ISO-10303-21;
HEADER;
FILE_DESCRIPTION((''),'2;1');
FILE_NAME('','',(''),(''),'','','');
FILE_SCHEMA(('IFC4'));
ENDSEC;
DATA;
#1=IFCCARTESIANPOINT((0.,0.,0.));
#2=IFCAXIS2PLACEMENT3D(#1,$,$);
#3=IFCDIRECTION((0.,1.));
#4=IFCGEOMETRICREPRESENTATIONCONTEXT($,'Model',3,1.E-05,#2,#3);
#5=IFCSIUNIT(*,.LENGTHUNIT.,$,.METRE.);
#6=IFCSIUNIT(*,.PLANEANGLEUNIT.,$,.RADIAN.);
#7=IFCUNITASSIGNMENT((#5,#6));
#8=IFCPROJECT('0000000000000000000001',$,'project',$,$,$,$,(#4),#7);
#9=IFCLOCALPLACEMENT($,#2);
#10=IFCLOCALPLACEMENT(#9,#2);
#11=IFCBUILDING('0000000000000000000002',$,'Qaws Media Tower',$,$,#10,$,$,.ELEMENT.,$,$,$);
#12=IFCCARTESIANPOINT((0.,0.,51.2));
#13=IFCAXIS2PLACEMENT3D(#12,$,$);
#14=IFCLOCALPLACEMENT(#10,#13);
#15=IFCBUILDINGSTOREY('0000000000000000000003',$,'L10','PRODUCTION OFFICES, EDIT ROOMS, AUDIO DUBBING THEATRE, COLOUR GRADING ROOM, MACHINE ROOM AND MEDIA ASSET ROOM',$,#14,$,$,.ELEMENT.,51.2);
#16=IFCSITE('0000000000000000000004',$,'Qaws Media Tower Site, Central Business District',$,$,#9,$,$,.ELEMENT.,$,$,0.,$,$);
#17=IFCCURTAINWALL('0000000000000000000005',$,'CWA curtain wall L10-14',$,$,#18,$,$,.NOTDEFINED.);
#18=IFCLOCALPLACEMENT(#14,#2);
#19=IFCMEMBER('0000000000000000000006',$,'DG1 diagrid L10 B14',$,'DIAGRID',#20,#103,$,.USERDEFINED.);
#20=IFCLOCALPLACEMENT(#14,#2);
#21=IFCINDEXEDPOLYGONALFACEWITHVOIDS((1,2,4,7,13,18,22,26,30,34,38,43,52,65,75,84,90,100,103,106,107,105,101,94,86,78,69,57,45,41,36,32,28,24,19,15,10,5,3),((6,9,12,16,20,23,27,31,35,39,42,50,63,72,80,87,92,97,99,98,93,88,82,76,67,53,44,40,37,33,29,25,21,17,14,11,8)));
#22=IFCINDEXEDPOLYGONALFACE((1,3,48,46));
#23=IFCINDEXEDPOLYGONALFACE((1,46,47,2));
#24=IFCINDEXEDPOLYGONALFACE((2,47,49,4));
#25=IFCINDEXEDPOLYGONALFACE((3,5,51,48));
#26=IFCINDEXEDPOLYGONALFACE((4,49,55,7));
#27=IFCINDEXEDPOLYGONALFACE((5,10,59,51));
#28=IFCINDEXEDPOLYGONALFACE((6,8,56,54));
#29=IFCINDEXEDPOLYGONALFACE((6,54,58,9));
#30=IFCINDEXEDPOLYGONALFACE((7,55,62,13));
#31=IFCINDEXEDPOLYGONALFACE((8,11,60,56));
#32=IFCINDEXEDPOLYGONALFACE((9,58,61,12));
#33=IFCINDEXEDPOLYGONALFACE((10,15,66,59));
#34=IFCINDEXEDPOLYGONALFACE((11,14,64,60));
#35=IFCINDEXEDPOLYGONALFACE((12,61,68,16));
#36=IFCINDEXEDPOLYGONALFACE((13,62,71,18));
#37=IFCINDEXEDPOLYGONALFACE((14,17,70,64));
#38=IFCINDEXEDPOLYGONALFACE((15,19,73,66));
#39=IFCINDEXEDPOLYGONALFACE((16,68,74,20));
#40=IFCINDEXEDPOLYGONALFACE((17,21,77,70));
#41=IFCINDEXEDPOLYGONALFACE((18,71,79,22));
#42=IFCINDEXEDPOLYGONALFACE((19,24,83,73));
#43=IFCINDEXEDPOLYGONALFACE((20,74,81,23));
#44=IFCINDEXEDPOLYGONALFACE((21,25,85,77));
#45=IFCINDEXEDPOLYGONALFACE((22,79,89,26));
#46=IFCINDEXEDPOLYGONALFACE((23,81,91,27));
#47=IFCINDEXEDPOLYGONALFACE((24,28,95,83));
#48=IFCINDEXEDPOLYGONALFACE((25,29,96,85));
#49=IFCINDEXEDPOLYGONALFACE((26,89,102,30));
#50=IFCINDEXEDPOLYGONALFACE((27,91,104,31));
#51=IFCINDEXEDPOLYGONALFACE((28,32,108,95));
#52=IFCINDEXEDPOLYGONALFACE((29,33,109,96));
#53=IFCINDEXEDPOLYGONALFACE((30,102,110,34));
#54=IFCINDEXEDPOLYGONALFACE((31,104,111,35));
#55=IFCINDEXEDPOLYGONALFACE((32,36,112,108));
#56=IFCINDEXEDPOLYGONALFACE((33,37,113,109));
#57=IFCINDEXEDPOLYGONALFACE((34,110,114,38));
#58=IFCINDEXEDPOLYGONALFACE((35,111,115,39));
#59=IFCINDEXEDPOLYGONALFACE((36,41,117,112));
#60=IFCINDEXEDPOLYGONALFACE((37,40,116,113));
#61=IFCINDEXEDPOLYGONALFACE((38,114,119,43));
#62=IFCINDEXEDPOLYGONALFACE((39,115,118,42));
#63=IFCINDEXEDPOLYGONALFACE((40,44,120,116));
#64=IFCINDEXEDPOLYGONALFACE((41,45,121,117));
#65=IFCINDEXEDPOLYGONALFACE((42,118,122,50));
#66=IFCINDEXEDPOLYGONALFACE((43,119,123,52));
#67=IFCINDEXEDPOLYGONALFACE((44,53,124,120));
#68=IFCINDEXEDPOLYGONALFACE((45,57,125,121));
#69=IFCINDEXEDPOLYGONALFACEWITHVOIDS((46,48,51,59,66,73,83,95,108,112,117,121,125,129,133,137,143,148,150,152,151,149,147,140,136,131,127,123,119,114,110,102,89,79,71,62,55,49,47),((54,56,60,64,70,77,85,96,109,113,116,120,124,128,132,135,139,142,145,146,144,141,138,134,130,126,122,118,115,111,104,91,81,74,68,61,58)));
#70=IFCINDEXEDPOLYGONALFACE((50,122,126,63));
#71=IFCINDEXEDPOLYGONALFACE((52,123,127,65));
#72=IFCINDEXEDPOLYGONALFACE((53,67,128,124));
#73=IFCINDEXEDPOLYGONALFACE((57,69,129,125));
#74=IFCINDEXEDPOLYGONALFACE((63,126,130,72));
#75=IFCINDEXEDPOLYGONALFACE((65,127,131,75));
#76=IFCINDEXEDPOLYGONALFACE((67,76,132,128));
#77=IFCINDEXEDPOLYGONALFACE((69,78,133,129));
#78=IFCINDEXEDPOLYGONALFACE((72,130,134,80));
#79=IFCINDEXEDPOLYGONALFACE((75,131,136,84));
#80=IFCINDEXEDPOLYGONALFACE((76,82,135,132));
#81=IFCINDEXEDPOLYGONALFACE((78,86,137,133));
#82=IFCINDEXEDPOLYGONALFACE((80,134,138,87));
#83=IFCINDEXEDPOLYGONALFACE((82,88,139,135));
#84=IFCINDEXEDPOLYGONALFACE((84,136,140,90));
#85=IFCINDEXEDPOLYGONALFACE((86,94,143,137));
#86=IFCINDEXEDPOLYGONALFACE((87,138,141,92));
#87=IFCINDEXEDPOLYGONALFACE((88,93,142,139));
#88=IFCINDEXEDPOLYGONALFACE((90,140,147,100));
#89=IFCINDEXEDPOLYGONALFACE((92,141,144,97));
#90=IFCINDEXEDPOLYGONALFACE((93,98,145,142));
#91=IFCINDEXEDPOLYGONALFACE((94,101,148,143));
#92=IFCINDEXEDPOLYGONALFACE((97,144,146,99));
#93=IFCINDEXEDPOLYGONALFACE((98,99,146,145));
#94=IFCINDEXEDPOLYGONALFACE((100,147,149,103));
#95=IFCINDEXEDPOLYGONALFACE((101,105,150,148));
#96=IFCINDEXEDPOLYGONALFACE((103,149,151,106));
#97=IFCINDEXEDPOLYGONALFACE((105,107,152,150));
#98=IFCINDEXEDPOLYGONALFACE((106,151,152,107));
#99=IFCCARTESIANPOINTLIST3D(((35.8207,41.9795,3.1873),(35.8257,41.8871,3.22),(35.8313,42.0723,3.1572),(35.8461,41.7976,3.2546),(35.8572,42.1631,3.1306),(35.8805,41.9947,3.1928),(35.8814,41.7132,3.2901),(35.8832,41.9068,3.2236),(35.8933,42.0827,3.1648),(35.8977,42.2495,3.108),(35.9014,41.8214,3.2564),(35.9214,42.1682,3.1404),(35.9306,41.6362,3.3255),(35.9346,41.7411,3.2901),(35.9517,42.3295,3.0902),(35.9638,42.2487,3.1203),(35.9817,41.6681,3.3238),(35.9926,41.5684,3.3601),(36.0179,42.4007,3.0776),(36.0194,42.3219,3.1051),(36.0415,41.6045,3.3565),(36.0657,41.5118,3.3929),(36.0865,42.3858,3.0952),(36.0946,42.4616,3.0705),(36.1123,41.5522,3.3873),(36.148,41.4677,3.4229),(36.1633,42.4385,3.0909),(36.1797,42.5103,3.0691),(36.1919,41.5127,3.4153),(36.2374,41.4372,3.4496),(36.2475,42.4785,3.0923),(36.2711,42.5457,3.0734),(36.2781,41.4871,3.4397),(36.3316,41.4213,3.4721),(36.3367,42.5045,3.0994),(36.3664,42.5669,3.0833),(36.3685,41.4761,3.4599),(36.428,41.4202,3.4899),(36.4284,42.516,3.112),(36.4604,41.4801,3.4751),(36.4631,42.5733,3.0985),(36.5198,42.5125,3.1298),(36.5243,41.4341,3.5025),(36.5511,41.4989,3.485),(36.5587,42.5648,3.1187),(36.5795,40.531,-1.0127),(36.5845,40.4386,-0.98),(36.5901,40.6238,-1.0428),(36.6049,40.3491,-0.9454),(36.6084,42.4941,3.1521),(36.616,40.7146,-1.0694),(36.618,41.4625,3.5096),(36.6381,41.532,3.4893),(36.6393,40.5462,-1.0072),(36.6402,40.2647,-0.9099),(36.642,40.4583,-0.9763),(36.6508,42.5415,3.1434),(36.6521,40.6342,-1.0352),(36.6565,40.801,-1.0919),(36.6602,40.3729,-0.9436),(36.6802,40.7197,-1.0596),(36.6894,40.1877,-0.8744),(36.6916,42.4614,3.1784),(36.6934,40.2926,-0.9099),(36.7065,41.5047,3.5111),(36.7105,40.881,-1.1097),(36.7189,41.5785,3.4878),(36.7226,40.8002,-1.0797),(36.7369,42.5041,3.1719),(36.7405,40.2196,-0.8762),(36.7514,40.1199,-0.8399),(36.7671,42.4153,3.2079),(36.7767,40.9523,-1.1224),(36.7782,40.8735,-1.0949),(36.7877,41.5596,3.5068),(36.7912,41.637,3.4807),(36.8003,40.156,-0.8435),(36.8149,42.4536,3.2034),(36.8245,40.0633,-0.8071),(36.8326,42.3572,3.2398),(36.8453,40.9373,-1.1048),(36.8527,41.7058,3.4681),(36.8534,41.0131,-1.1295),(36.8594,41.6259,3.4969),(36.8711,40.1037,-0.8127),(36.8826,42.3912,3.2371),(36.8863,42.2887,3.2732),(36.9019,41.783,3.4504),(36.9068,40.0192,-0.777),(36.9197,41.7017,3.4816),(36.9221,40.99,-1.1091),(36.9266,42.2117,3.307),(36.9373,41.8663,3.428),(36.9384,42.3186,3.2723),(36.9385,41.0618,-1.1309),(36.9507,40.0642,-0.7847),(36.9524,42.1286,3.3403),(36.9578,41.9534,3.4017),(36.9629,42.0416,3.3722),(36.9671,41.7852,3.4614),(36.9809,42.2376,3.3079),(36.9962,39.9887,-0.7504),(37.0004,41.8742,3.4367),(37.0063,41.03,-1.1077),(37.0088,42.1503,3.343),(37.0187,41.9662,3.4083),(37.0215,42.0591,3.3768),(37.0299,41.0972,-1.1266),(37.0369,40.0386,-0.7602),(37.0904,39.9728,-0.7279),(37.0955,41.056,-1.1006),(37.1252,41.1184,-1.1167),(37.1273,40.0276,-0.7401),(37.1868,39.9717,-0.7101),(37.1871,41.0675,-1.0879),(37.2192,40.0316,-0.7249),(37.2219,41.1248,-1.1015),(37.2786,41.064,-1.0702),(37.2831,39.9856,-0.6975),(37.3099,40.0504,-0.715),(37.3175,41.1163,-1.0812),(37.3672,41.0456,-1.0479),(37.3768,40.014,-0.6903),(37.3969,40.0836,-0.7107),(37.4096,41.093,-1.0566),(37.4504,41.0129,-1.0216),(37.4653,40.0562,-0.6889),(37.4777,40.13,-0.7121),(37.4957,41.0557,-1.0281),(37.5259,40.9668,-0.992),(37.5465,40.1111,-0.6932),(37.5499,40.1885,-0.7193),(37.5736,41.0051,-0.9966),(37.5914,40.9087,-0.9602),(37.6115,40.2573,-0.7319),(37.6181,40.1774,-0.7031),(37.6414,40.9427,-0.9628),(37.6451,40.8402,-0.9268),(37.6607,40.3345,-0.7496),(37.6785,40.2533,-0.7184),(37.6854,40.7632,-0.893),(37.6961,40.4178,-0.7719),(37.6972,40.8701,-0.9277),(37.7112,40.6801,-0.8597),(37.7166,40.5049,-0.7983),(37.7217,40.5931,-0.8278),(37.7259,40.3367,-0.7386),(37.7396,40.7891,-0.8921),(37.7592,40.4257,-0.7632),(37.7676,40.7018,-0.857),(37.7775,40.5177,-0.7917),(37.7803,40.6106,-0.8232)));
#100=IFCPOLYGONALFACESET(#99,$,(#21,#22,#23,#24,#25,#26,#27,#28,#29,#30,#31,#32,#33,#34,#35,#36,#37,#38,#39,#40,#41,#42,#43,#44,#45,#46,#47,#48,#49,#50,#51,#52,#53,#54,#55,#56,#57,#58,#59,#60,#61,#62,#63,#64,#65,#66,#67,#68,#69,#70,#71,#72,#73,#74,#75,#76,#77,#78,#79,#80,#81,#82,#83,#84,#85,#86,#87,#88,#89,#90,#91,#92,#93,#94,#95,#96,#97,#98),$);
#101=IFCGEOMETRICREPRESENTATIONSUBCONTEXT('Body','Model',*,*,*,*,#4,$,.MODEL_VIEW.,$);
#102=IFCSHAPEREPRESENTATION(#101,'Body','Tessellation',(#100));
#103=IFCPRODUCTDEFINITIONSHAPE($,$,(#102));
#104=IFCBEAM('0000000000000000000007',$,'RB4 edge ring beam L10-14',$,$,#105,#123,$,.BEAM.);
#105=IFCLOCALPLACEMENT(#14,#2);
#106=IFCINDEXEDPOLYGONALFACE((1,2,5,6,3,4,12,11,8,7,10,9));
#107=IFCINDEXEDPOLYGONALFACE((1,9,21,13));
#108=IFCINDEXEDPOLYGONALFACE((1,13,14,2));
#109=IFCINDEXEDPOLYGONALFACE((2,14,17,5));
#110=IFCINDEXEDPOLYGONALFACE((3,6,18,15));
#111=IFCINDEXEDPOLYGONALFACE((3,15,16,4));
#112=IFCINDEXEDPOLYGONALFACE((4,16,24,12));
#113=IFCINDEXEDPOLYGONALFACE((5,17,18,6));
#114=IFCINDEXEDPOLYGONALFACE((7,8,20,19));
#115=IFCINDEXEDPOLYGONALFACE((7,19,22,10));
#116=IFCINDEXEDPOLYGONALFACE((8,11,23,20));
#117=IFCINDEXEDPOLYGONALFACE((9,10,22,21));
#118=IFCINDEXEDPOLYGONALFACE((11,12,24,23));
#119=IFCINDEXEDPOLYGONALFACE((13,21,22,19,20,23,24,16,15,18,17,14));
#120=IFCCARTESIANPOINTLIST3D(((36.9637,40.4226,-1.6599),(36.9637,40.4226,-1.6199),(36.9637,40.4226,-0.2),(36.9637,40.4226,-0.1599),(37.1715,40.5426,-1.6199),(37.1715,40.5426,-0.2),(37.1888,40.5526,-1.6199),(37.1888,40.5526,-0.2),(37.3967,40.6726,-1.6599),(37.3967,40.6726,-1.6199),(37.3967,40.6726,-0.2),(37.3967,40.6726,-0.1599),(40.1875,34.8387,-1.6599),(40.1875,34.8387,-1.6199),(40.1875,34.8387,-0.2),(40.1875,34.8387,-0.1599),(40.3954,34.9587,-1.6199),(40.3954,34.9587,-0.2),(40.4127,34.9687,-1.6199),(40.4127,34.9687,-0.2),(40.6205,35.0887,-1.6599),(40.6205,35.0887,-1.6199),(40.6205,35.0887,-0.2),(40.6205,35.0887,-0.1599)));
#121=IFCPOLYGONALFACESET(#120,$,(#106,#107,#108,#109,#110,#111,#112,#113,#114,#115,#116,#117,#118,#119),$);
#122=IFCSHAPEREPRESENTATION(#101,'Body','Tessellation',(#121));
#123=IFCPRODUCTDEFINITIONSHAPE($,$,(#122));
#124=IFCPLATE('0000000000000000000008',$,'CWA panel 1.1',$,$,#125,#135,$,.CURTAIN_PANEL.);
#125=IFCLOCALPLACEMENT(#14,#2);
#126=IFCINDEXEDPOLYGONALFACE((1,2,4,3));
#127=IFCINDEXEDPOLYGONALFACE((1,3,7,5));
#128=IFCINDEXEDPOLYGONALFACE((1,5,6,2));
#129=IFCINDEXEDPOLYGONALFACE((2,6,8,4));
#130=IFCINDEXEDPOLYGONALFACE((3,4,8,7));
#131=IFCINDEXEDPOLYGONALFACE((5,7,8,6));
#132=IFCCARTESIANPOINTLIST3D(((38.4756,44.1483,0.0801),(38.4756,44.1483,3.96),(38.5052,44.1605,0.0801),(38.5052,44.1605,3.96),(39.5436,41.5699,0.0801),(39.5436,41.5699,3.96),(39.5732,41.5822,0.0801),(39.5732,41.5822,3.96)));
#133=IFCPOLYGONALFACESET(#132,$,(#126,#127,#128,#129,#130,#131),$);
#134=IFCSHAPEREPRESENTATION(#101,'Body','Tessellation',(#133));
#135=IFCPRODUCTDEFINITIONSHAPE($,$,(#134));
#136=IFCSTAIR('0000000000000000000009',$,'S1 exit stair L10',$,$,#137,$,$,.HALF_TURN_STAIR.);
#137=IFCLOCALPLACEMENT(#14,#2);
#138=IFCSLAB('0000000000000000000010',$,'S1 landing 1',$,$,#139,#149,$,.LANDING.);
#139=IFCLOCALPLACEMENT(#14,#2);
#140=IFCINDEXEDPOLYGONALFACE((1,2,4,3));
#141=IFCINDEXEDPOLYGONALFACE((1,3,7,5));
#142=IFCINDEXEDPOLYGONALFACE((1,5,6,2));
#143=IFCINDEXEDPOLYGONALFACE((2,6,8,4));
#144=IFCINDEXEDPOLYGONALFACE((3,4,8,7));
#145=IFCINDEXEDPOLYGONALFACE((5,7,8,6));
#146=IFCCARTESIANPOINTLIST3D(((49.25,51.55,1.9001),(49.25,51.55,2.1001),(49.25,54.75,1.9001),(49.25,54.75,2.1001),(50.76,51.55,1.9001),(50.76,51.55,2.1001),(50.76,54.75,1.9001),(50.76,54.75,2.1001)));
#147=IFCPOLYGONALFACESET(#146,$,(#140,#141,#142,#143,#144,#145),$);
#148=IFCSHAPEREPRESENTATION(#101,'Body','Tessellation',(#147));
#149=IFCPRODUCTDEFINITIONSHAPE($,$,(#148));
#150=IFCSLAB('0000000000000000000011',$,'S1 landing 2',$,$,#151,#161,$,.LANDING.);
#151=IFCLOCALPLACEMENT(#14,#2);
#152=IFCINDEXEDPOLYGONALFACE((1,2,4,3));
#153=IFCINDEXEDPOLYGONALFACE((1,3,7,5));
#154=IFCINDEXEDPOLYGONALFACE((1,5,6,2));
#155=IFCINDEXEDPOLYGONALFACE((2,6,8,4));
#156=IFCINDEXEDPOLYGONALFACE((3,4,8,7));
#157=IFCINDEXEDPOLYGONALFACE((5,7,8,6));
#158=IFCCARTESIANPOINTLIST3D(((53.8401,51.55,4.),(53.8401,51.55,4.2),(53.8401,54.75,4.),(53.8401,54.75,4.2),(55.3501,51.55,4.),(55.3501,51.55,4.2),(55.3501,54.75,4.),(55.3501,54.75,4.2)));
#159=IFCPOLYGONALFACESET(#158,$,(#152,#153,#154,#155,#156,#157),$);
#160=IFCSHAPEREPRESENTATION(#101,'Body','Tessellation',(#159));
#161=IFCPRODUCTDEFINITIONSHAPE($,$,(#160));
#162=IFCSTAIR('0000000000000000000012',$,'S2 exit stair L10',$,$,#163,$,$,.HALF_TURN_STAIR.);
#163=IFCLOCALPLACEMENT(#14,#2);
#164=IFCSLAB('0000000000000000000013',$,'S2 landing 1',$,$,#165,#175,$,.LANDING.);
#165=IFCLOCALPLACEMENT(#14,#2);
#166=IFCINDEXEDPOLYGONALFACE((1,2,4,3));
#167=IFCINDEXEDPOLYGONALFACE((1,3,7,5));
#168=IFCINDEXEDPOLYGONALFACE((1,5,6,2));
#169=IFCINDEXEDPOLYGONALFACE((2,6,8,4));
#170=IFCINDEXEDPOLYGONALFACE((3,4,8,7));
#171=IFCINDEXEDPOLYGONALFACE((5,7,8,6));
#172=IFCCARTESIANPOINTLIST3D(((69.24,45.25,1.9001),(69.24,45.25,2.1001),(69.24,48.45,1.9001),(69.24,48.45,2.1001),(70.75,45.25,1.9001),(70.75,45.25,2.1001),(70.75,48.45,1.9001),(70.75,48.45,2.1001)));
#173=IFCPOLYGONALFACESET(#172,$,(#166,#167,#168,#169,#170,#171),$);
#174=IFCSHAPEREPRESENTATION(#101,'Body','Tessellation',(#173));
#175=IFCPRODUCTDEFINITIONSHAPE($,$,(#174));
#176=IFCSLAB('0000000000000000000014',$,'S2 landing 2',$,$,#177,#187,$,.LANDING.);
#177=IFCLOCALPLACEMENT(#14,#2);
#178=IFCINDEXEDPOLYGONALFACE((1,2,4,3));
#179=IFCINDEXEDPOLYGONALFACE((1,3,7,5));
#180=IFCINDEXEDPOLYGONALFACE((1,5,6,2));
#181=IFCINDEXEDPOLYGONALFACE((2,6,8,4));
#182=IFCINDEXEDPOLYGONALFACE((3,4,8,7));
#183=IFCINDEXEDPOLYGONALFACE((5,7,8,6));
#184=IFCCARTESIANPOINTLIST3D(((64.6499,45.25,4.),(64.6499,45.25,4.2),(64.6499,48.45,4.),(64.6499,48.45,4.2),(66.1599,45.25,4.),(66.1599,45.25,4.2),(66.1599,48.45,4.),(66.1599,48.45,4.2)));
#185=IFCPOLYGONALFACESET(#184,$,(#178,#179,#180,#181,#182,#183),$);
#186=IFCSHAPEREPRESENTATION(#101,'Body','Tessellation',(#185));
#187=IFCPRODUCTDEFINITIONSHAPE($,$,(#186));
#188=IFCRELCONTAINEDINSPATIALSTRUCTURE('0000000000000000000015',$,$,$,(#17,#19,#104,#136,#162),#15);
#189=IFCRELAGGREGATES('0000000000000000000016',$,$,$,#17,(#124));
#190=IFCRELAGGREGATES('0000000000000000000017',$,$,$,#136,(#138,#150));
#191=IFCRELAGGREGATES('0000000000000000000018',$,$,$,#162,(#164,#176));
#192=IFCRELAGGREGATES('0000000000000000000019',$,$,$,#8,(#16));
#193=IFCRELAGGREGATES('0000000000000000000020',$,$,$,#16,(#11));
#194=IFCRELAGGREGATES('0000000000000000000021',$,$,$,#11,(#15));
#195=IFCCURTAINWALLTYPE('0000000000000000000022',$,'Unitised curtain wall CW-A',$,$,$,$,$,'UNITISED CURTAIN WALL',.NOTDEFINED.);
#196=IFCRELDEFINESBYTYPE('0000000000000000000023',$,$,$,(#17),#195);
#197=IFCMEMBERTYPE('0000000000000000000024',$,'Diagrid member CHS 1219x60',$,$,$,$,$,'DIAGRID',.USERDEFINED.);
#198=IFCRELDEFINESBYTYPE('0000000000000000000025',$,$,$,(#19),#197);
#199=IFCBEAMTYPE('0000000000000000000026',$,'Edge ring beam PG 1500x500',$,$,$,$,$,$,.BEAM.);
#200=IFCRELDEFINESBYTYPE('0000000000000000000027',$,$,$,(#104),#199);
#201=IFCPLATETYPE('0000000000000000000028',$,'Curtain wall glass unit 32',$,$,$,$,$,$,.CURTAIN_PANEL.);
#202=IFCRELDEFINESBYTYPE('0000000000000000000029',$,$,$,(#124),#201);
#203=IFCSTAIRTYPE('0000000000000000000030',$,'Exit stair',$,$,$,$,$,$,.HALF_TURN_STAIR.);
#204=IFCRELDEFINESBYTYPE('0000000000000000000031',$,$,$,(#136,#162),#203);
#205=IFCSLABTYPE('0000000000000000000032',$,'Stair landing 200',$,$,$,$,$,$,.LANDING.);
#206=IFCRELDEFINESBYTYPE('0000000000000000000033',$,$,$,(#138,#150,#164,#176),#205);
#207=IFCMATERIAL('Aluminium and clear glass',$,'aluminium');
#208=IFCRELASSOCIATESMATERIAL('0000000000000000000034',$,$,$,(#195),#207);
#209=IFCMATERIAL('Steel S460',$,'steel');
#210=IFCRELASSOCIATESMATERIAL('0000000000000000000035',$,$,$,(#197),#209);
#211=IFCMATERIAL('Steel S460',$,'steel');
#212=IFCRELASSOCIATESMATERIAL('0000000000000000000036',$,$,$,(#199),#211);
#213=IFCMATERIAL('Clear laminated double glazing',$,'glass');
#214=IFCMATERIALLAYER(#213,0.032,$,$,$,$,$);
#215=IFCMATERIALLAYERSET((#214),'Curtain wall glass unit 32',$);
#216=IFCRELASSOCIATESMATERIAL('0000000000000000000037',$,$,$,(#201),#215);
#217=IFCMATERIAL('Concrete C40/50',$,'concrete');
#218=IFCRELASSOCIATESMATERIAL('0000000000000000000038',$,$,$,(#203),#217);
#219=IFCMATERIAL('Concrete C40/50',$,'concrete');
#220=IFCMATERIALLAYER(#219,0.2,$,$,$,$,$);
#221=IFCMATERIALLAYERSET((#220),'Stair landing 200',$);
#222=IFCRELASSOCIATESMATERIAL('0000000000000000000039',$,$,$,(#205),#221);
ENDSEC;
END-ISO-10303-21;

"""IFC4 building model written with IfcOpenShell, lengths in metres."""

from ifc_helpers import new_model, si_unit, direction, frame, origin, origin_2d, place, context, subcontext, project, spatial, polyline, rectangle, hollow_circle, i_section, outline, extrude, material, layer, layer_set, material_profile, profile_set, type_object, element, aggregate, save


model = new_model("IFC4")

# Units and contexts
model_context = context("Model", 3, precision=1e-05, world=origin(), true_north=direction((0.0, 1.0)))
body_context = subcontext(model_context, "Body", "Model", "MODEL_VIEW")
ifc_project = project(units=[si_unit("LENGTHUNIT", "METRE"), si_unit("PLANEANGLEUNIT", "RADIAN")], contexts=[model_context])

# Site, building, storey
site_placement = place(None, origin())
site = spatial("IfcSite", under=ifc_project, at=site_placement, Name="Qaws Media Tower Site, Central Business District", CompositionType="ELEMENT", RefElevation=0.0)
building_placement = place(site_placement, origin())
building = spatial("IfcBuilding", under=site, at=building_placement, Name="Qaws Media Tower", CompositionType="ELEMENT")
storey_placement = place(building_placement, frame((0.0, 0.0, 51.2)))
storey = spatial("IfcBuildingStorey", under=building, at=storey_placement, Name="L10", Description="PRODUCTION OFFICES, EDIT ROOMS, AUDIO DUBBING THEATRE, COLOUR GRADING ROOM, MACHINE ROOM AND MEDIA ASSET ROOM", CompositionType="ELEMENT", Elevation=51.2)

# Curtain wall
ifc_material_1 = material(Name="Aluminium and clear glass", Category="aluminium")
curtain_wall_type = type_object("IfcCurtainWallType", Name="Unitised curtain wall CW-A", ElementType="UNITISED CURTAIN WALL", PredefinedType="NOTDEFINED", material=ifc_material_1)
curtain_wall_placement = place(storey_placement, origin())
curtain_wall = element("IfcCurtainWall", 1, at=curtain_wall_placement, inside=storey, type_object=curtain_wall_type, Name="CWA curtain wall L10-14", PredefinedType="NOTDEFINED")

# Member
ifc_material_2 = material(Name="Steel S460", Category="steel")
ifc_material_profile_1 = material_profile(ifc_material_2, hollow_circle(Radius=0.6096, WallThickness=0.0601, at=origin_2d()), Name="CHS 1219x60")
ifc_profile_set_1 = profile_set([ifc_material_profile_1], Name="Steel S460")
member_type_1 = type_object("IfcMemberType", Name="Diagrid member CHS 1219x60", ElementType="DIAGRID", PredefinedType="USERDEFINED", material=ifc_profile_set_1)
for number, where, z_axis, x_axis, name in (
    (2, (37.1802, 40.5476, -0.9099), (-0.168356, 0.321383, 0.931863), (-0.885817, -0.464035, 0.0), "DG1 diagrid L10 B14"),
):
    element("IfcMember", number, at=place(storey_placement, frame(where, z_axis=z_axis, x_axis=x_axis)), inside=storey, type_object=member_type_1, Name=name, ObjectType="DIAGRID", PredefinedType="USERDEFINED", context=body_context, shape_type="SweptSolid", body=[
        extrude(hollow_circle(Radius=0.6096, WallThickness=0.0601, at=origin_2d()), origin(), (0.0, 0.0, 1.0), 4.5071),
    ])

# Beam
ifc_material_3 = material(Name="Steel S460", Category="steel")
ifc_material_profile_2 = material_profile(ifc_material_3, i_section(OverallWidth=0.5, OverallDepth=1.5, WebThickness=0.02, FlangeThickness=0.04, at=origin_2d()), Name="PG 1500x500")
ifc_profile_set_2 = profile_set([ifc_material_profile_2], Name="Steel S460")
beam_type = type_object("IfcBeamType", Name="Edge ring beam PG 1500x500", PredefinedType="BEAM", material=ifc_profile_set_2)
beam_placement = place(storey_placement, frame((37.1802, 40.5476, -0.9099), z_axis=(0.499996, -0.866028, 0.0), x_axis=(0.866028, 0.499996, 0.0)))
element("IfcBeam", 3, at=beam_placement, inside=storey, type_object=beam_type, Name="RB4 edge ring beam L10-14", PredefinedType="BEAM", context=body_context, shape_type="SweptSolid", body=[
    extrude(i_section(OverallWidth=0.5, OverallDepth=1.5, WebThickness=0.02, FlangeThickness=0.04, at=origin_2d()), origin(), (0.0, 0.0, 1.0), 6.4478),
])

# Plate
ifc_material_4 = material(Name="Clear laminated double glazing", Category="glass")
ifc_layer_1 = layer(ifc_material_4, 0.032)
ifc_layer_set_1 = layer_set([ifc_layer_1], Name="Curtain wall glass unit 32")
plate_type = type_object("IfcPlateType", Name="Curtain wall glass unit 32", PredefinedType="CURTAIN_PANEL", material=ifc_layer_set_1)
plate_placement = place(storey_placement, frame((39.0244, 42.8652, 0.0801), z_axis=(0.0, 0.0, 1.0), x_axis=(0.382683, -0.92388, 0.0)))
plate = element("IfcPlate", 4, at=plate_placement, type_object=plate_type, Name="CWA panel 1.1", PredefinedType="CURTAIN_PANEL", context=body_context, shape_type="SweptSolid", body=[
    extrude(rectangle(XDim=2.7908, YDim=0.032, at=origin_2d()), origin(), (0.0, 0.0, 1.0), 3.8799),
])
aggregate(curtain_wall, [plate])

# Stairs, slabs
ifc_material_5 = material(Name="Concrete C40/50", Category="concrete")
stair_type = type_object("IfcStairType", Name="Exit stair", PredefinedType="HALF_TURN_STAIR", material=ifc_material_5)
stair_1_placement = place(storey_placement, origin())
stair_1 = element("IfcStair", 5, at=stair_1_placement, inside=storey, type_object=stair_type, Name="S1 exit stair L10", PredefinedType="HALF_TURN_STAIR")
ifc_material_6 = material(Name="Concrete C40/50", Category="concrete")
ifc_layer_2 = layer(ifc_material_6, 0.2)
ifc_layer_set_2 = layer_set([ifc_layer_2], Name="Stair landing 200")
slab_type = type_object("IfcSlabType", Name="Stair landing 200", PredefinedType="LANDING", material=ifc_layer_set_2)
slab_1_placement = place(storey_placement, frame((0.0, 0.0, 1.9001)))
slab_1 = element("IfcSlab", 6, at=slab_1_placement, type_object=slab_type, Name="S1 landing 1", PredefinedType="LANDING", context=body_context, shape_type="SweptSolid", body=[
    extrude(outline(polyline([(49.25, 51.55), (50.76, 51.55), (50.76, 54.75), (49.25, 54.75), (49.25, 51.55)])), origin(), (0.0, 0.0, 1.0), 0.2),
])
slab_2_placement = place(storey_placement, frame((0.0, 0.0, 4.0)))
slab_2 = element("IfcSlab", 7, at=slab_2_placement, type_object=slab_type, Name="S1 landing 2", PredefinedType="LANDING", context=body_context, shape_type="SweptSolid", body=[
    extrude(outline(polyline([(53.8401, 51.55), (55.3501, 51.55), (55.3501, 54.75), (53.8401, 54.75), (53.8401, 51.55)])), origin(), (0.0, 0.0, 1.0), 0.2),
])
aggregate(stair_1, [slab_1, slab_2])
stair_2_placement = place(storey_placement, origin())
stair_2 = element("IfcStair", 8, at=stair_2_placement, inside=storey, type_object=stair_type, Name="S2 exit stair L10", PredefinedType="HALF_TURN_STAIR")
slab_3_placement = place(storey_placement, frame((0.0, 0.0, 1.9001)))
slab_3 = element("IfcSlab", 9, at=slab_3_placement, type_object=slab_type, Name="S2 landing 1", PredefinedType="LANDING", context=body_context, shape_type="SweptSolid", body=[
    extrude(outline(polyline([(69.24, 45.25), (70.75, 45.25), (70.75, 48.45), (69.24, 48.45), (69.24, 45.25)])), origin(), (0.0, 0.0, 1.0), 0.2),
])
slab_4_placement = place(storey_placement, frame((0.0, 0.0, 4.0)))
slab_4 = element("IfcSlab", 10, at=slab_4_placement, type_object=slab_type, Name="S2 landing 2", PredefinedType="LANDING", context=body_context, shape_type="SweptSolid", body=[
    extrude(outline(polyline([(64.6499, 45.25), (66.1599, 45.25), (66.1599, 48.45), (64.6499, 48.45), (64.6499, 45.25)])), origin(), (0.0, 0.0, 1.0), 0.2),
])
aggregate(stair_2, [slab_3, slab_4])

save(model, "model.ifc")
